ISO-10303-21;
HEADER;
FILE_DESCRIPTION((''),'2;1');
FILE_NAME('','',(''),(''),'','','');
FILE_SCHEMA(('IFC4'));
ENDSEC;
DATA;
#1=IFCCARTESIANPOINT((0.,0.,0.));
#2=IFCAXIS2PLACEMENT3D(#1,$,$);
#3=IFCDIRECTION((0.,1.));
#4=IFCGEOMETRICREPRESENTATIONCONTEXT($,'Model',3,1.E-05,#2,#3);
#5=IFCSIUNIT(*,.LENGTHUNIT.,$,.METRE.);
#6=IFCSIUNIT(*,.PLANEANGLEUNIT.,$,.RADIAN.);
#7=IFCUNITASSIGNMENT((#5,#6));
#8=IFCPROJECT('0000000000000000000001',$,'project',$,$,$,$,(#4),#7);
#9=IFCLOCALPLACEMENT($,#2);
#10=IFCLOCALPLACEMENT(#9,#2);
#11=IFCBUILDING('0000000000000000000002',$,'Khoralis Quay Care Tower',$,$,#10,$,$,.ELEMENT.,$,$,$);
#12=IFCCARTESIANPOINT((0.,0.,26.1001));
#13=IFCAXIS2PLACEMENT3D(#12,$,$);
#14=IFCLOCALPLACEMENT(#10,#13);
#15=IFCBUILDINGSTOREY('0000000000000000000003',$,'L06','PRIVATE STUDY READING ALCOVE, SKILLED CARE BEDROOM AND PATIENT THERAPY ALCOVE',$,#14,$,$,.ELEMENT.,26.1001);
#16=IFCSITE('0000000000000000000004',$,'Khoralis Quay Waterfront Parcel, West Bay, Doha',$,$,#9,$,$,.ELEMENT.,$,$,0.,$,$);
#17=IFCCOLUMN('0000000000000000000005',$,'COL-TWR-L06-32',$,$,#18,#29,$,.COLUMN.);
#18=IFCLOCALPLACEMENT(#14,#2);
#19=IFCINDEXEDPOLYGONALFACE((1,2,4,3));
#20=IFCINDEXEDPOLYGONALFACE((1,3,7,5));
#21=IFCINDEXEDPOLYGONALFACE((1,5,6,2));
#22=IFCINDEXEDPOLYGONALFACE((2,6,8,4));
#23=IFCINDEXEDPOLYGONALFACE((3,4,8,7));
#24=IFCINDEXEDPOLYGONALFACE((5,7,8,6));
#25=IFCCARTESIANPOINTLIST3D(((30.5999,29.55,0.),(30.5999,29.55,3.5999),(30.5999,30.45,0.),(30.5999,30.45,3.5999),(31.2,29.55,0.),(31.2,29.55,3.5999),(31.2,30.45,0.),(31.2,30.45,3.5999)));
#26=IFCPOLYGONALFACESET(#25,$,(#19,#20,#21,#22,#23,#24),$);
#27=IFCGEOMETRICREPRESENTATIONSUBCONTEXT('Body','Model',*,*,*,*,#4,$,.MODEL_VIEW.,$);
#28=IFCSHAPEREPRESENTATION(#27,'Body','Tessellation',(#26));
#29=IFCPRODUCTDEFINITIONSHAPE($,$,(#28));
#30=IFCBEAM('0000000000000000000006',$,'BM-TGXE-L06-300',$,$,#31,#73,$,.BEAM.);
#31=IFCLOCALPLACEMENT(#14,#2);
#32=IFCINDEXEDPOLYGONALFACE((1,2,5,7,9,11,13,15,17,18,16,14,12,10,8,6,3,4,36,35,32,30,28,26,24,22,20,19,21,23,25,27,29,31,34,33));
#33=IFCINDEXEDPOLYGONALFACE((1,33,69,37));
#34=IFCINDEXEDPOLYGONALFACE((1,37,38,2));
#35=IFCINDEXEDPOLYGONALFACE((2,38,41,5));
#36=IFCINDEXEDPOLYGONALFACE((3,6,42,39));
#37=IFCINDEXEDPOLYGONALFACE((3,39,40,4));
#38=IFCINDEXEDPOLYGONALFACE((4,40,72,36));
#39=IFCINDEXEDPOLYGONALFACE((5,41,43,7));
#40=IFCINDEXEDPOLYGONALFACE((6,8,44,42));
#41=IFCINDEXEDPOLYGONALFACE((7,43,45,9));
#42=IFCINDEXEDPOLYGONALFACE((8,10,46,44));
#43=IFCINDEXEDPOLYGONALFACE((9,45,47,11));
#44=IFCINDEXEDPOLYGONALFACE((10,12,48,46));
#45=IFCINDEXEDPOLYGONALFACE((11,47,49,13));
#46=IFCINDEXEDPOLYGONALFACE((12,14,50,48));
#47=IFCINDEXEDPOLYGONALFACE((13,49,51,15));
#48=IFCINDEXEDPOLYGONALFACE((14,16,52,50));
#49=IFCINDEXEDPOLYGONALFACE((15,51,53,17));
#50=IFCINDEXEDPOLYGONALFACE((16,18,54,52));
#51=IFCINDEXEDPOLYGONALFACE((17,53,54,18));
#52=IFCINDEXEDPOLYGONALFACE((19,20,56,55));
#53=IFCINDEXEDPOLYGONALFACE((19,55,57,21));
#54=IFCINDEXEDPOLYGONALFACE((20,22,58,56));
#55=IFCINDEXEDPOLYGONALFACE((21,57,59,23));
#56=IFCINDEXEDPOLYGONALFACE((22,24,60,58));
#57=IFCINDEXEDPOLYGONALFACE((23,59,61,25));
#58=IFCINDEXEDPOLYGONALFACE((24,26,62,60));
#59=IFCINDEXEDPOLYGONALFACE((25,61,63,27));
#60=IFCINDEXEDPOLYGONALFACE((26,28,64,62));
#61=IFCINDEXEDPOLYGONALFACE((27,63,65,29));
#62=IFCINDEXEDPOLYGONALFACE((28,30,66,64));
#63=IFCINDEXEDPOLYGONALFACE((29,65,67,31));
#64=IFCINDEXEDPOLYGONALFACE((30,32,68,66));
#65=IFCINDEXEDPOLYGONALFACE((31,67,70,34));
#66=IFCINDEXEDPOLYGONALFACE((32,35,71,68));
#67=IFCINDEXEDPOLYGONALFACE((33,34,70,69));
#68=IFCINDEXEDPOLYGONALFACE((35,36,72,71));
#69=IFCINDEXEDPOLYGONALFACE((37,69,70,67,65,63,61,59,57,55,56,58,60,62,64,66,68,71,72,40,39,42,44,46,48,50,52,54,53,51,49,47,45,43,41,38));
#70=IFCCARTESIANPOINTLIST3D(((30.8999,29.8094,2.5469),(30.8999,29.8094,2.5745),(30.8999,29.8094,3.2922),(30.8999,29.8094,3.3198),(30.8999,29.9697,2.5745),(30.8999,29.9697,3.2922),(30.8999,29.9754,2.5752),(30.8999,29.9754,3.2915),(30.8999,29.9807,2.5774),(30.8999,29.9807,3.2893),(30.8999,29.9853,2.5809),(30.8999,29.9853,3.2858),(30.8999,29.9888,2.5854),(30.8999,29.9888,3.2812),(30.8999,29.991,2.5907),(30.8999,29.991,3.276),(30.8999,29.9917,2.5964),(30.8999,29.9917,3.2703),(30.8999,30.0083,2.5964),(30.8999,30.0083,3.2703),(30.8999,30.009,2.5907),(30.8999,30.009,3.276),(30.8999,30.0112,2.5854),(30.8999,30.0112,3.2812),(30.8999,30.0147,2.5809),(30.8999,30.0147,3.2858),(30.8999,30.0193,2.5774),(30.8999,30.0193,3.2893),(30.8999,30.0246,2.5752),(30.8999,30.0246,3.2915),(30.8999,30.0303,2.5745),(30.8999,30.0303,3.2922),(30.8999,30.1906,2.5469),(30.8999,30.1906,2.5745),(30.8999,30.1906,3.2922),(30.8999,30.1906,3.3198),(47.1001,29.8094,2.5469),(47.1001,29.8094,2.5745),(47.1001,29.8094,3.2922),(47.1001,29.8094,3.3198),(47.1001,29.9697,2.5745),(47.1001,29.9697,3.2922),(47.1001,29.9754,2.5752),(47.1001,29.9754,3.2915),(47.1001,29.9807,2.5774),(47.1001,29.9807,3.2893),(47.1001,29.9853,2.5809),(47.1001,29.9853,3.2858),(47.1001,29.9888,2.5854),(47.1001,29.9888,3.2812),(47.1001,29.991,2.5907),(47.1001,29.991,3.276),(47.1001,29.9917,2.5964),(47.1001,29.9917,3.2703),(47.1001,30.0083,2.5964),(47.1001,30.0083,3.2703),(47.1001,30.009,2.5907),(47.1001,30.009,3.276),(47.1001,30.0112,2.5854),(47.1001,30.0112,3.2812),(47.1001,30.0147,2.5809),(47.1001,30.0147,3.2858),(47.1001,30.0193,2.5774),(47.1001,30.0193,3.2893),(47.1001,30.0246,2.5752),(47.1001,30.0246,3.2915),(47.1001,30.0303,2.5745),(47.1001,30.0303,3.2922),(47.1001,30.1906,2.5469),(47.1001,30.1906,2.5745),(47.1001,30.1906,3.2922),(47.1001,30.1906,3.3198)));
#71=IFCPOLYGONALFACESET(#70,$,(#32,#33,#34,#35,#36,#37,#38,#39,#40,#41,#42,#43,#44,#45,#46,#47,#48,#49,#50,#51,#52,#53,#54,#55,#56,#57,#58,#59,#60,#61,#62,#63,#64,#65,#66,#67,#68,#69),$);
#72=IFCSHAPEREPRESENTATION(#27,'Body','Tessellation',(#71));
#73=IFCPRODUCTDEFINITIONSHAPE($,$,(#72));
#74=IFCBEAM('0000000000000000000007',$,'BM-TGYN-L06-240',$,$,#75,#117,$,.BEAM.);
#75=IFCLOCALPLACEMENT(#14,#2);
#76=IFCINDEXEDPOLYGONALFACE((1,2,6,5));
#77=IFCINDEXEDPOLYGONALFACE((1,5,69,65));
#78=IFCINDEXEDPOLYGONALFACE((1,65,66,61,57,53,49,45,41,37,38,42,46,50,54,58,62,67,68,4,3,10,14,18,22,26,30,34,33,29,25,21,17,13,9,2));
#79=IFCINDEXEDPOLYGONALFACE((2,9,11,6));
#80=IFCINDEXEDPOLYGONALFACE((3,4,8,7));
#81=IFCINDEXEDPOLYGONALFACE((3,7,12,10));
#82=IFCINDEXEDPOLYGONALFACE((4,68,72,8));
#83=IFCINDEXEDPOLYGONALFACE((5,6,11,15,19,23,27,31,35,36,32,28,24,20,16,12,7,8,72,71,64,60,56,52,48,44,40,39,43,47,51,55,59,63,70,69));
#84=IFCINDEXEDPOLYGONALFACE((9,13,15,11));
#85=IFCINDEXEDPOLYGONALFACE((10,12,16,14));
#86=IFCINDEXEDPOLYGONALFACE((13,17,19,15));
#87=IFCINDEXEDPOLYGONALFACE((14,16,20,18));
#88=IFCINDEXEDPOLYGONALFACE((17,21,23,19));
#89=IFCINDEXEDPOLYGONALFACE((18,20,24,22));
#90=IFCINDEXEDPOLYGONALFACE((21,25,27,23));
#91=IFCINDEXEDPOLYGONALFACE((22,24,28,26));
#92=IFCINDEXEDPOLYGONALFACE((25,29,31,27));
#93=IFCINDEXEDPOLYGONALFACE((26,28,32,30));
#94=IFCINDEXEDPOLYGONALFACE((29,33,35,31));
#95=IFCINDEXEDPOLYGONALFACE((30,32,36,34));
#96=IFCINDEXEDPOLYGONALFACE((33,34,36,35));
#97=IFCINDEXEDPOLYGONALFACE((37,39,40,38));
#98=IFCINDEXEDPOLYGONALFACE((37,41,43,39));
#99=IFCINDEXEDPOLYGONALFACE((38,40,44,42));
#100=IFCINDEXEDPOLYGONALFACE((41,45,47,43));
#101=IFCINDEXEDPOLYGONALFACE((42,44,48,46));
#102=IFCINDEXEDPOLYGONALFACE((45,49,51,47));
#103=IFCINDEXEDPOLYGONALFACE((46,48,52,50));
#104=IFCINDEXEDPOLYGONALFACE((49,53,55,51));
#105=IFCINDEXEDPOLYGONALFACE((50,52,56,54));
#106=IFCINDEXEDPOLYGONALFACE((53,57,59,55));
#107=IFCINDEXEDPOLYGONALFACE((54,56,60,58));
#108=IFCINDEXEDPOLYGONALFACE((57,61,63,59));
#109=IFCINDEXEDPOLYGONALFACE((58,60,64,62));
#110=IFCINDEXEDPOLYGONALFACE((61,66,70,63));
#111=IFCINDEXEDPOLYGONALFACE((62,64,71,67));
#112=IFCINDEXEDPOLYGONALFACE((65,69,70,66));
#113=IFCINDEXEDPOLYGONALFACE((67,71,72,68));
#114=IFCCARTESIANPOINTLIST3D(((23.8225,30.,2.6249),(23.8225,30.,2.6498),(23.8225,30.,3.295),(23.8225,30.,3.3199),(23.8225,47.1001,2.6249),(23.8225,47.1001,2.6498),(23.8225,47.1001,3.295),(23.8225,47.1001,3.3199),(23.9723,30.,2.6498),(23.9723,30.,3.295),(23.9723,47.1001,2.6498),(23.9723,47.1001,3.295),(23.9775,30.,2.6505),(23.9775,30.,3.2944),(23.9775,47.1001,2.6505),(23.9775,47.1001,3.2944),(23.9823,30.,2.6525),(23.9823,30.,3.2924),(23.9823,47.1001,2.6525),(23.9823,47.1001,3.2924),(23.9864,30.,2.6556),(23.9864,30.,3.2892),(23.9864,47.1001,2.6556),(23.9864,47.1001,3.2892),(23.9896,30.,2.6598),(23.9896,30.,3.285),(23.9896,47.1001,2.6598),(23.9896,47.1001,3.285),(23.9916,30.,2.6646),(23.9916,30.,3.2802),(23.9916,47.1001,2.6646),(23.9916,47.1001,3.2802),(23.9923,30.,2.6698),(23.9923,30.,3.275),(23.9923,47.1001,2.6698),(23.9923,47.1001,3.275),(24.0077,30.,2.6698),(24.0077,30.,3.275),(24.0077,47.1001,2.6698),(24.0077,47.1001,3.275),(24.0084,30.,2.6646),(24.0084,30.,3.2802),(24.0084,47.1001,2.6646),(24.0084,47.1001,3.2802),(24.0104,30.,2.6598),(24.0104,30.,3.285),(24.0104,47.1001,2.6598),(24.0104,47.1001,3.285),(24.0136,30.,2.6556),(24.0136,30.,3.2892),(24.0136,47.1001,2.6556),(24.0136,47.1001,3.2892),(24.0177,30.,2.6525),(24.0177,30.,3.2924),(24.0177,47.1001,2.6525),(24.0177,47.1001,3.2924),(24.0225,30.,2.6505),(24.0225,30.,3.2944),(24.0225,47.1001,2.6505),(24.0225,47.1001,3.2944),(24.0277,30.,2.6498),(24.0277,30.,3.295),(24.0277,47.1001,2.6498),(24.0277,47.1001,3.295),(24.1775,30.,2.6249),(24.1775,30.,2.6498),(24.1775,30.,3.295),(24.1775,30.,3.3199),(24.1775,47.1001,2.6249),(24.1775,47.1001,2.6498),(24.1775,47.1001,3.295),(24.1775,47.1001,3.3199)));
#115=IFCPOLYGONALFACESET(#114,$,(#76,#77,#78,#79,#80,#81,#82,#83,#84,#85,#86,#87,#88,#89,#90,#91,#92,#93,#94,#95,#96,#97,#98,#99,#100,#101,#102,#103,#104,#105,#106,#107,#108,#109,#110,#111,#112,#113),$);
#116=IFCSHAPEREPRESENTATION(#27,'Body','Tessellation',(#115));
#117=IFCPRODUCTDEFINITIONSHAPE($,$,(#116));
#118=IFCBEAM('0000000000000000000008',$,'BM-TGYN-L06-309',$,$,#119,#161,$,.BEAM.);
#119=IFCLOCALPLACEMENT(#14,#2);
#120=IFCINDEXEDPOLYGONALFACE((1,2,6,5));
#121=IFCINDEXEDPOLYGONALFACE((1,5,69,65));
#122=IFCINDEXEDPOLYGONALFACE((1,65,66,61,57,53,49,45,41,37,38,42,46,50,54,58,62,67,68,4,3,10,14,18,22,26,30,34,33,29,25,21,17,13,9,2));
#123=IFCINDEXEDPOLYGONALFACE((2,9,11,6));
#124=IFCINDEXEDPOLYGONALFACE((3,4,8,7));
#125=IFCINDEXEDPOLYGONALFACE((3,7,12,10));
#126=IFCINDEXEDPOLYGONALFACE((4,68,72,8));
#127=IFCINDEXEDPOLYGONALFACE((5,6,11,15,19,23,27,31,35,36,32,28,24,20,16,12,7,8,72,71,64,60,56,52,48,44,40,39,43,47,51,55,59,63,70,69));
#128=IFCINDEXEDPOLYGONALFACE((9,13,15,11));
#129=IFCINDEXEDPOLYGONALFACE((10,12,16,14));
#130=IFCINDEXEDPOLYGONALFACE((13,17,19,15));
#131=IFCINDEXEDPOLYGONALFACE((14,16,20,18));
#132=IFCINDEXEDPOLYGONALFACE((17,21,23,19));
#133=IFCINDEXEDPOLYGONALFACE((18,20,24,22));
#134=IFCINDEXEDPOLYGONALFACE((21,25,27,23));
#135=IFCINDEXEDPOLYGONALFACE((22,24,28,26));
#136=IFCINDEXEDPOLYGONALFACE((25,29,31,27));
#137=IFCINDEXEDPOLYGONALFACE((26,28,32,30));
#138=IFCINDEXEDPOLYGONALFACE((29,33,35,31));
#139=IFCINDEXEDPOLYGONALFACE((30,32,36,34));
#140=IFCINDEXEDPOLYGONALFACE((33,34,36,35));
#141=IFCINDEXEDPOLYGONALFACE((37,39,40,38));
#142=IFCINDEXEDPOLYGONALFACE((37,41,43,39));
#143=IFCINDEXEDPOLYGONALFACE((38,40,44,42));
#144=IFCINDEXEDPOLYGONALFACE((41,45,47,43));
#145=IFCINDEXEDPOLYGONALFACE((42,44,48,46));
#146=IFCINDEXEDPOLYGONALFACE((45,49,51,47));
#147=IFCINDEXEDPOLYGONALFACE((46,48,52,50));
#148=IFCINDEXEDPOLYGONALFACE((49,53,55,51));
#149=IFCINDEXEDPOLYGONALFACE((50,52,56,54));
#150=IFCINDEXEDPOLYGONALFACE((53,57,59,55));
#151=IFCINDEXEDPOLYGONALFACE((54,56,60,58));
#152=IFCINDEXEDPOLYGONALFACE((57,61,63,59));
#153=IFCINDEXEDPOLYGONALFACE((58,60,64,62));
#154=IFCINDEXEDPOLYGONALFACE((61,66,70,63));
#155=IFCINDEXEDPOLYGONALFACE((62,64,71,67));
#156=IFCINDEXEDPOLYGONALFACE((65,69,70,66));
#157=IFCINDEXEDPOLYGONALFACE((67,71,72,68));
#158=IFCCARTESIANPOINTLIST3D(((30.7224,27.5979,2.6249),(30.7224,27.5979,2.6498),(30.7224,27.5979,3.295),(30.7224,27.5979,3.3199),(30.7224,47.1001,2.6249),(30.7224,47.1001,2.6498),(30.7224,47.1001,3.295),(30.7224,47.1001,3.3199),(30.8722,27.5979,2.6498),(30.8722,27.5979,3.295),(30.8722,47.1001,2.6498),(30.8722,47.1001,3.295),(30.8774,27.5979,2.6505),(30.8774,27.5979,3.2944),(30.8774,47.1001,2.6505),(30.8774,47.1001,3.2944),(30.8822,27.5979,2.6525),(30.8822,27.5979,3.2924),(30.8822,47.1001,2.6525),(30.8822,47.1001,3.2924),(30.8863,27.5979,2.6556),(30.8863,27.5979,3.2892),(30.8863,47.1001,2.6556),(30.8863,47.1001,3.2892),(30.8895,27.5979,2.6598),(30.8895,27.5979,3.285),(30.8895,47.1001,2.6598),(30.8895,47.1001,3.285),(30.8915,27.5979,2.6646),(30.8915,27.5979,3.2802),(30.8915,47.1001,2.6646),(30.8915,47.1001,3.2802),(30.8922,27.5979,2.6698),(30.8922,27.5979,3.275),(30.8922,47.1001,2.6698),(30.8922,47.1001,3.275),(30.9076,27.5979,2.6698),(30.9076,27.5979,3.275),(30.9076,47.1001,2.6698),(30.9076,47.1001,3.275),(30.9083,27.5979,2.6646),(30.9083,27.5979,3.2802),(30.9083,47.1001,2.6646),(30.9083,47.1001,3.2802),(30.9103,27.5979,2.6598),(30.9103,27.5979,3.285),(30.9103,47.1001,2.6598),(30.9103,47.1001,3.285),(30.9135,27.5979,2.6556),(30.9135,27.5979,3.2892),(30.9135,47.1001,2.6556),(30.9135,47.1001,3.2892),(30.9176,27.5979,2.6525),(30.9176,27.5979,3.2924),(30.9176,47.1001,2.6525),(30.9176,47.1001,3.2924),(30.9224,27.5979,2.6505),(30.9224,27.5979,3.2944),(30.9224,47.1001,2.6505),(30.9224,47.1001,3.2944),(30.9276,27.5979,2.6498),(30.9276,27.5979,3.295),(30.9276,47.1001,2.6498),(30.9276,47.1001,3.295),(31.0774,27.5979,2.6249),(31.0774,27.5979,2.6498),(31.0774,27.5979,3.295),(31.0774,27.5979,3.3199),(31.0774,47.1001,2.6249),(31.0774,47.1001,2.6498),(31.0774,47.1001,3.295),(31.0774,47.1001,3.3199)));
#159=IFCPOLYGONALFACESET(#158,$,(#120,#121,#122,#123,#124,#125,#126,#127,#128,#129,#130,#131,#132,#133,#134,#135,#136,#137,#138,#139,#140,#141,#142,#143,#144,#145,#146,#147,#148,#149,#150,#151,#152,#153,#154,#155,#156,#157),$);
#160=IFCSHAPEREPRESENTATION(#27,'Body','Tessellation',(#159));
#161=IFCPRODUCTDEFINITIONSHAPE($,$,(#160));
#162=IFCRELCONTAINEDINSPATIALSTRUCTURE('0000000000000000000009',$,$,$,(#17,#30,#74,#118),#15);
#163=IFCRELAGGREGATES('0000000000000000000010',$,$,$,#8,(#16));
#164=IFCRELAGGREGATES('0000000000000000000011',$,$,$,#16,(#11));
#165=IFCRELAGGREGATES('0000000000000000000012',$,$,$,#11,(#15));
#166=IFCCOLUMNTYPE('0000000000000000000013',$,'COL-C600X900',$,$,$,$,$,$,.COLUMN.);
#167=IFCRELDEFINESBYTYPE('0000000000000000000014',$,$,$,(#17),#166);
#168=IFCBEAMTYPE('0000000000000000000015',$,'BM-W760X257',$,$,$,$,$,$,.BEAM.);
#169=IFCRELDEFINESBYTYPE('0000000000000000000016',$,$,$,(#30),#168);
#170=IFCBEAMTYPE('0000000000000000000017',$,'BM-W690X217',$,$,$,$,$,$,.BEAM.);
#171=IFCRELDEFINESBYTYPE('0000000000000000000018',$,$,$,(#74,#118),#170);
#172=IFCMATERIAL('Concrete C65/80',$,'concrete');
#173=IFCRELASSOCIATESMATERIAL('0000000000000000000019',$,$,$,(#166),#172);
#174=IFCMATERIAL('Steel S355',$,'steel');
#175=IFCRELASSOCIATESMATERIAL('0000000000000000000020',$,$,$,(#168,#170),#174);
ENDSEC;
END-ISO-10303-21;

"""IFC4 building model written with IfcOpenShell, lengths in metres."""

from ifc_helpers import new_model, si_unit, direction, frame, origin, origin_2d, place, context, subcontext, project, spatial, rectangle, i_section, extrude, source, transform, mapped, material, material_profile, profile_set, type_object, element, save


model = new_model("IFC4")

# Units and contexts
model_context = context("Model", 3, precision=1e-05, world=origin(), true_north=direction((0.0, 1.0)))
body_context = subcontext(model_context, "Body", "Model", "MODEL_VIEW")
ifc_project = project(units=[si_unit("LENGTHUNIT", "METRE"), si_unit("PLANEANGLEUNIT", "RADIAN")], contexts=[model_context])

# Site, building, storey
site_placement = place(None, origin())
site = spatial("IfcSite", under=ifc_project, at=site_placement, Name="Khoralis Quay Waterfront Parcel, West Bay, Doha", CompositionType="ELEMENT", RefElevation=0.0)
building_placement = place(site_placement, origin())
building = spatial("IfcBuilding", under=site, at=building_placement, Name="Khoralis Quay Care Tower", CompositionType="ELEMENT")
storey_placement = place(building_placement, frame((0.0, 0.0, 26.1001)))
storey = spatial("IfcBuildingStorey", under=building, at=storey_placement, Name="L06", Description="PRIVATE STUDY READING ALCOVE, SKILLED CARE BEDROOM AND PATIENT THERAPY ALCOVE", CompositionType="ELEMENT", Elevation=26.1001)

# Column
ifc_material_1 = material(Name="Concrete C65/80", Category="concrete")
ifc_material_profile_1 = material_profile(ifc_material_1, rectangle(XDim=0.6001, YDim=0.8999, at=origin_2d()), Name="Concrete C65/80")
ifc_profile_set_1 = profile_set([ifc_material_profile_1], Name="Concrete C65/80")
column_type = type_object("IfcColumnType", Name="COL-C600X900", PredefinedType="COLUMN", material=ifc_profile_set_1)
shared_shape_1 = source(origin(), body_context, "Body", "SweptSolid", [
    extrude(rectangle(XDim=0.6001, YDim=0.8999, at=origin_2d()), origin(), (0.0, 0.0, 1.0), 3.5999),
])
column_placement = place(storey_placement, frame((30.8999, 30.0, 0.0), z_axis=(0.0, 0.0, 1.0), x_axis=(1.0, 0.0, 0.0)))
element("IfcColumn", 1, at=column_placement, inside=storey, type_object=column_type, Name="COL-TWR-L06-32", PredefinedType="COLUMN", context=body_context, shape_type="MappedRepresentation", body=[
    mapped(shared_shape_1, transform((0.0, 0.0, 0.0), scale=1.0)),
])

# Beams
ifc_material_2 = material(Name="Steel S355", Category="steel")
ifc_material_profile_2 = material_profile(ifc_material_2, i_section(OverallWidth=0.3811, OverallDepth=0.7729, WebThickness=0.0166, FlangeThickness=0.0276, FilletRadius=0.022, at=origin_2d()), Name="Steel S355")
ifc_profile_set_2 = profile_set([ifc_material_profile_2], Name="Steel S355")
beam_type_1 = type_object("IfcBeamType", Name="BM-W760X257", PredefinedType="BEAM", material=ifc_profile_set_2)
shared_shape_2 = source(origin(), body_context, "Body", "SweptSolid", [
    extrude(i_section(OverallWidth=0.3811, OverallDepth=0.7729, WebThickness=0.0166, FlangeThickness=0.0276, FilletRadius=0.022, at=origin_2d()), origin(), (0.0, 0.0, 1.0), 16.2002),
])
beam_1_placement = place(storey_placement, frame((30.8999, 30.0, 2.9333), z_axis=(1.0, 0.0, 0.0), x_axis=(0.0, 1.0, 0.0)))
element("IfcBeam", 2, at=beam_1_placement, inside=storey, type_object=beam_type_1, Name="BM-TGXE-L06-300", PredefinedType="BEAM", context=body_context, shape_type="MappedRepresentation", body=[
    mapped(shared_shape_2, transform((0.0, 0.0, 0.0), scale=1.0)),
])
ifc_material_profile_3 = material_profile(ifc_material_2, i_section(OverallWidth=0.355, OverallDepth=0.6951, WebThickness=0.0154, FlangeThickness=0.0249, FilletRadius=0.02, at=origin_2d()), Name="Steel S355")
ifc_profile_set_3 = profile_set([ifc_material_profile_3], Name="Steel S355")
beam_type_2 = type_object("IfcBeamType", Name="BM-W690X217", PredefinedType="BEAM", material=ifc_profile_set_3)
shared_shape_3 = source(origin(), body_context, "Body", "SweptSolid", [
    extrude(i_section(OverallWidth=0.355, OverallDepth=0.6951, WebThickness=0.0154, FlangeThickness=0.0249, FilletRadius=0.02, at=origin_2d()), origin(), (0.0, 0.0, 1.0), 17.1001),
])
beam_2_placement = place(storey_placement, frame((24.0, 30.0, 2.9724), z_axis=(0.0, 1.0, 0.0), x_axis=(-1.0, 0.0, 0.0)))
element("IfcBeam", 3, at=beam_2_placement, inside=storey, type_object=beam_type_2, Name="BM-TGYN-L06-240", PredefinedType="BEAM", context=body_context, shape_type="MappedRepresentation", body=[
    mapped(shared_shape_3, transform((0.0, 0.0, 0.0), scale=1.0)),
])
shared_shape_4 = source(origin(), body_context, "Body", "SweptSolid", [
    extrude(i_section(OverallWidth=0.355, OverallDepth=0.6951, WebThickness=0.0154, FlangeThickness=0.0249, FilletRadius=0.02, at=origin_2d()), origin(), (0.0, 0.0, 1.0), 19.5022),
])
beam_3_placement = place(storey_placement, frame((30.8999, 27.5979, 2.9724), z_axis=(0.0, 1.0, 0.0), x_axis=(-1.0, 0.0, 0.0)))
element("IfcBeam", 4, at=beam_3_placement, inside=storey, type_object=beam_type_2, Name="BM-TGYN-L06-309", PredefinedType="BEAM", context=body_context, shape_type="MappedRepresentation", body=[
    mapped(shared_shape_4, transform((0.0, 0.0, 0.0), scale=1.0)),
])

save(model, "model.ifc")
